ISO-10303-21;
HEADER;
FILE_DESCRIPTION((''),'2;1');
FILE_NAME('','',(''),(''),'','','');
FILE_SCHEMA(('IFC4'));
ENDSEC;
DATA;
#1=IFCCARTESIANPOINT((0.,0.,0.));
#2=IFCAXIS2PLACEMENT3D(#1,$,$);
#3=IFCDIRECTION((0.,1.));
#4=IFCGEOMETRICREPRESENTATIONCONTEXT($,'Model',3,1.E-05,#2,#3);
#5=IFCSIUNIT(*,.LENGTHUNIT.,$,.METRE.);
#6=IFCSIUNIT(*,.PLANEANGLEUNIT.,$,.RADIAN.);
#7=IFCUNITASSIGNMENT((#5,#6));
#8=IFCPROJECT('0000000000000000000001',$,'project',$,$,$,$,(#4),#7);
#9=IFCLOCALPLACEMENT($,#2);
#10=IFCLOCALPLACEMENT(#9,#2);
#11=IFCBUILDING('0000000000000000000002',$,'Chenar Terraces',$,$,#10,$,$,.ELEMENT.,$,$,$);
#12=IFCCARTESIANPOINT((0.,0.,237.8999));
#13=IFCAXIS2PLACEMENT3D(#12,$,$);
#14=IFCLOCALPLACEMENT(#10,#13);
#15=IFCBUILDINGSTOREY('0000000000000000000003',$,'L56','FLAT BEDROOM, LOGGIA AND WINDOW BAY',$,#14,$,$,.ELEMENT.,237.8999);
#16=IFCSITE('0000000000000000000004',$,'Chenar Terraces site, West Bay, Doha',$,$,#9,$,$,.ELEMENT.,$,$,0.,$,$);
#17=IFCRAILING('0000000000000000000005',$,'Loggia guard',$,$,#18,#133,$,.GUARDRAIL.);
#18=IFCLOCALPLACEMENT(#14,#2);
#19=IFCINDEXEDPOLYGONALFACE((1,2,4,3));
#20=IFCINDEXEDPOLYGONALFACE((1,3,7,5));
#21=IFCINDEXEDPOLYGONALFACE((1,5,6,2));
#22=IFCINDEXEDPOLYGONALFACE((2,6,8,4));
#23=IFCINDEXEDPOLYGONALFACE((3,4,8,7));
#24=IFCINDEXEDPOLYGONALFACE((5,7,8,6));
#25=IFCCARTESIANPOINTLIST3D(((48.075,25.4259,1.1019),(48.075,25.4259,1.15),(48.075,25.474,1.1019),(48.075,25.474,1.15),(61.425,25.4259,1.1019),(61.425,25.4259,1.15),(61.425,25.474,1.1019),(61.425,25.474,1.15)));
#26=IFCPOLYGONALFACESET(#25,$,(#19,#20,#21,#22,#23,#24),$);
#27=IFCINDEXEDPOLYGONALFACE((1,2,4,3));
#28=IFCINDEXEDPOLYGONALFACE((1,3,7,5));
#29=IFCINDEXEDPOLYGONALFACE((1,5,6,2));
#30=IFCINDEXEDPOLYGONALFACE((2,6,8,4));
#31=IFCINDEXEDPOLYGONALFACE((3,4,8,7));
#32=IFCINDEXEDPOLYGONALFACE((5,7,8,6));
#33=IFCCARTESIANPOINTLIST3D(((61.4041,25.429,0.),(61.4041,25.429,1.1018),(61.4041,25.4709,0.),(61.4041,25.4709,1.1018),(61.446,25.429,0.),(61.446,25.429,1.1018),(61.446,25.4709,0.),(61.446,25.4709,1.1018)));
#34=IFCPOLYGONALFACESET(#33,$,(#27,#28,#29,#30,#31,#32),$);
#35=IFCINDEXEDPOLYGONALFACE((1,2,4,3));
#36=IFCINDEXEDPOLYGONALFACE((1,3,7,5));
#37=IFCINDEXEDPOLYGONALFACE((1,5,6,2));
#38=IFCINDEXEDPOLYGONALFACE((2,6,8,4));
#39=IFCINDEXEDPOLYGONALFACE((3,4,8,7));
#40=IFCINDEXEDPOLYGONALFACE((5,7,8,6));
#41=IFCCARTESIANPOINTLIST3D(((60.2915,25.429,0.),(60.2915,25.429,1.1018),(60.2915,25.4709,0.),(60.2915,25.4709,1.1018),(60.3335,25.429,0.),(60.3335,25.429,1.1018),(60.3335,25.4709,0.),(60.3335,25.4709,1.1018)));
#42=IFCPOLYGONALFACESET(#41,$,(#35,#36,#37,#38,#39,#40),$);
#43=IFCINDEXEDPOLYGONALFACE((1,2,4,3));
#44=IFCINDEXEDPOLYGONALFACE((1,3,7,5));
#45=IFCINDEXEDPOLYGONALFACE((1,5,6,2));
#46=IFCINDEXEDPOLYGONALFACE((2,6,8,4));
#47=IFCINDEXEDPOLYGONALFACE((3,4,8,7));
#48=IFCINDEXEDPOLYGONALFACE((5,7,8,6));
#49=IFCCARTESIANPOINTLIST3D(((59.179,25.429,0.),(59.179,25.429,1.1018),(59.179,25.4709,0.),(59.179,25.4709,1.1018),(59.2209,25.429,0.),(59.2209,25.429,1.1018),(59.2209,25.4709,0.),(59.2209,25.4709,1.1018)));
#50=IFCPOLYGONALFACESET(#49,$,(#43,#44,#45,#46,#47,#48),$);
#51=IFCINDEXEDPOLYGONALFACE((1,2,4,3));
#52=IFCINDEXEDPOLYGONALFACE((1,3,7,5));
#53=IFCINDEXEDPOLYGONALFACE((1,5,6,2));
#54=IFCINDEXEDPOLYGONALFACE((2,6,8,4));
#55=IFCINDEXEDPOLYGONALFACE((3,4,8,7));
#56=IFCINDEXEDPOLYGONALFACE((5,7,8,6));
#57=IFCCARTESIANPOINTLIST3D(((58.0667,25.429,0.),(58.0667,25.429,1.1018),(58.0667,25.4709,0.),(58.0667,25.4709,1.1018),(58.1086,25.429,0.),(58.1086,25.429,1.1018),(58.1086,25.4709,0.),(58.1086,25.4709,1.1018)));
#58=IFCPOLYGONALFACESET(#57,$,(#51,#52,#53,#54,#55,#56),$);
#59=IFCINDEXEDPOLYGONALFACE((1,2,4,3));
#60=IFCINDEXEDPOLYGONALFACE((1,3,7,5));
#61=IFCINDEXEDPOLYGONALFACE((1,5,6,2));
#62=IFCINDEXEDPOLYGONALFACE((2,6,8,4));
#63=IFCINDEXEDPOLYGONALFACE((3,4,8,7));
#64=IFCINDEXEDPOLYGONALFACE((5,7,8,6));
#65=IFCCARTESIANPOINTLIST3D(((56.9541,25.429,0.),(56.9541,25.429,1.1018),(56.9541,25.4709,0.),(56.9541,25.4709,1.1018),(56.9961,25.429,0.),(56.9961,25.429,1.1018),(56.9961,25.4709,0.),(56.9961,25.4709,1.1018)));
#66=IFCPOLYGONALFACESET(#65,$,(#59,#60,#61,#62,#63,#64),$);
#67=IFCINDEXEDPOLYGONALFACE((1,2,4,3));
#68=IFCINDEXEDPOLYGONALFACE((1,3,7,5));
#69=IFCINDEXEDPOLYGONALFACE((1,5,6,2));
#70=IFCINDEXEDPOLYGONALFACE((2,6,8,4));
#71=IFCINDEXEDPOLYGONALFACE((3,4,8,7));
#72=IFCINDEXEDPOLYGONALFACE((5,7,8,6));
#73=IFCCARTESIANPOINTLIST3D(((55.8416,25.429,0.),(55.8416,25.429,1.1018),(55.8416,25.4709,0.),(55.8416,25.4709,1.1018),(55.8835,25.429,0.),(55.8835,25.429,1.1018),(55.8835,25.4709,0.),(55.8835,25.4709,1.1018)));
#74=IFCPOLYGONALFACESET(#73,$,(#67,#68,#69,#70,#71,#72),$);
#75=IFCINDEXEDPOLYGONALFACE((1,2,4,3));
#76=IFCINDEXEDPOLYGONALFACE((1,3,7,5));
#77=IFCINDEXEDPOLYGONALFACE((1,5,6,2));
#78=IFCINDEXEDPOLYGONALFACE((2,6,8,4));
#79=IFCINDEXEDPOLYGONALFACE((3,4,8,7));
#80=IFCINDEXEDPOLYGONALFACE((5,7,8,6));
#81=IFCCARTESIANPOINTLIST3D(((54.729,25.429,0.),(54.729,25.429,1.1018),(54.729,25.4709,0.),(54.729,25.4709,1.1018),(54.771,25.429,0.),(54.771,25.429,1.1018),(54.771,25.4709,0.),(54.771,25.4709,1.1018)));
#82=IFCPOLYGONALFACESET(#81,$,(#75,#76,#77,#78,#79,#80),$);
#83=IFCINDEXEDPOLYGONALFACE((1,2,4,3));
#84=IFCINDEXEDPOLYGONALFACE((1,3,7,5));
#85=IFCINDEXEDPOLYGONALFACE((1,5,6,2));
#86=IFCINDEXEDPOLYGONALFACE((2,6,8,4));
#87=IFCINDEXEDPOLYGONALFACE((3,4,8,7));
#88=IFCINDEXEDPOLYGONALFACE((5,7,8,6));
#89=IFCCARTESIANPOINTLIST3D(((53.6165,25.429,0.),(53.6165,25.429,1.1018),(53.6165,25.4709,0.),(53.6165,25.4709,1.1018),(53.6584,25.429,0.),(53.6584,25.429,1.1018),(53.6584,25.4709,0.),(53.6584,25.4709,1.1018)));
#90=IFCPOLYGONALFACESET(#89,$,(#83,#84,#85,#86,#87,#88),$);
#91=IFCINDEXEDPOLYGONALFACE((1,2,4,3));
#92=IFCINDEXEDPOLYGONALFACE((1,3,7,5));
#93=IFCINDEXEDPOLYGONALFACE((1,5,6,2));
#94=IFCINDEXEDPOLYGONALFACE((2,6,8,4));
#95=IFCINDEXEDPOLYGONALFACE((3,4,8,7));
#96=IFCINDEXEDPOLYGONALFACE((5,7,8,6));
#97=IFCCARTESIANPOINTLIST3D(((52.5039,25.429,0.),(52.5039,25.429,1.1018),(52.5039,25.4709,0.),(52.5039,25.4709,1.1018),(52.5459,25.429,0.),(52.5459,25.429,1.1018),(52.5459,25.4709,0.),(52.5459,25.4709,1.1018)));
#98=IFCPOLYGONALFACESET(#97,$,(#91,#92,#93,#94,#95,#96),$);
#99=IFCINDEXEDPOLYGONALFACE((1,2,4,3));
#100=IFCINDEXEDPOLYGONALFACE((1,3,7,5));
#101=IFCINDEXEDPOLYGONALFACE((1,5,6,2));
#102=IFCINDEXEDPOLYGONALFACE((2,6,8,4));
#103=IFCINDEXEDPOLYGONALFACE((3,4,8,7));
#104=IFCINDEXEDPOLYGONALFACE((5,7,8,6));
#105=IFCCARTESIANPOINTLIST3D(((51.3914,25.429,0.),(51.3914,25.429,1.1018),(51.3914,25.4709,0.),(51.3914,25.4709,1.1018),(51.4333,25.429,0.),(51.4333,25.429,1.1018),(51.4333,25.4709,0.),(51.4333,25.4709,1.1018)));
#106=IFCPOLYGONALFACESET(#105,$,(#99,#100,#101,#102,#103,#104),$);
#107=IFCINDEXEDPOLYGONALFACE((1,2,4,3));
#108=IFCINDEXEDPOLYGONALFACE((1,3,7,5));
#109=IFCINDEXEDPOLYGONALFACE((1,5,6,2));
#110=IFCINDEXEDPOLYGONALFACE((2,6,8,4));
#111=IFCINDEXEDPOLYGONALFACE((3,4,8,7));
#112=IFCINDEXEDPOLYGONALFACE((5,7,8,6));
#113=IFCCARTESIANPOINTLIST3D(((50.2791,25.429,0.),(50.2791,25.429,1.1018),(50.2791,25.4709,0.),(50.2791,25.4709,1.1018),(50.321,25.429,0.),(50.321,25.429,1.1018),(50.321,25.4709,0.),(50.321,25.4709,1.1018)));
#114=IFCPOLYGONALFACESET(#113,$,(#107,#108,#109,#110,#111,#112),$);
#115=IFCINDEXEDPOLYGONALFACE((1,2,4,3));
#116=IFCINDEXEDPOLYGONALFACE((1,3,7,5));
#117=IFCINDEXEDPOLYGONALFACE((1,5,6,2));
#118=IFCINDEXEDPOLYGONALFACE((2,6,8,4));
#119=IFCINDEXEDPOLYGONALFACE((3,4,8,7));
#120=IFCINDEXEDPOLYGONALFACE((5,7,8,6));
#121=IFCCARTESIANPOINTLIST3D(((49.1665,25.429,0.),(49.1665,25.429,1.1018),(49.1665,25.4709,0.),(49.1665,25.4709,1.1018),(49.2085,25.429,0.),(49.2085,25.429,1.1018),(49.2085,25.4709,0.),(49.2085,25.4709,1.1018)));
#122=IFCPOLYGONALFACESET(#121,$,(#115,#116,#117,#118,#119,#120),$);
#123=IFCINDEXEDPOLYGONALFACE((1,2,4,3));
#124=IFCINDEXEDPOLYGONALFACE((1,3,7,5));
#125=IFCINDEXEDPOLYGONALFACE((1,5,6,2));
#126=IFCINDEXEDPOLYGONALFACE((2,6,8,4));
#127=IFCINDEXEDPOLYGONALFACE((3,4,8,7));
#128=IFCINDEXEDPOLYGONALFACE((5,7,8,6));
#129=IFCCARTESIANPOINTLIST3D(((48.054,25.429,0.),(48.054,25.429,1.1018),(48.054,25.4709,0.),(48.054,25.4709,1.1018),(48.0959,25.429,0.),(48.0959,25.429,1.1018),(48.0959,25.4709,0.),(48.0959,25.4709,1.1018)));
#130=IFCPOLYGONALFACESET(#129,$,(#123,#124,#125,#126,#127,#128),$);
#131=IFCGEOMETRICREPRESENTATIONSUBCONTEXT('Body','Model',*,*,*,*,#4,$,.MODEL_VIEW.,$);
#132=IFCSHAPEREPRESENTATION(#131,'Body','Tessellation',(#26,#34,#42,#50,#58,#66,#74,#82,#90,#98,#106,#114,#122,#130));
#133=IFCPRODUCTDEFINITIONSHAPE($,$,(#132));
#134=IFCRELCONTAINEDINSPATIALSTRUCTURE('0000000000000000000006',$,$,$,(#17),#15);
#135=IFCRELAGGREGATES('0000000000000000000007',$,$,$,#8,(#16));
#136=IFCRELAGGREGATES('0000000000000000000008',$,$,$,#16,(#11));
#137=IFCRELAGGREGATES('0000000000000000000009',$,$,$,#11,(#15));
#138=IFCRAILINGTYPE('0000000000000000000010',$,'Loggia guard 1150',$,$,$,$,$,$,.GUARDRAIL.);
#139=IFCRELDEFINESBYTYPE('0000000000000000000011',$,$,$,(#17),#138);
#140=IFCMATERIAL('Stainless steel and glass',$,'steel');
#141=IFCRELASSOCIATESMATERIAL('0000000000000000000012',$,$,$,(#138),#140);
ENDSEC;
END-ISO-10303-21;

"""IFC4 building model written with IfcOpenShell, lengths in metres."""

from ifc_helpers import new_model, si_unit, direction, frame, origin, origin_2d, place, context, subcontext, project, spatial, rectangle, extrude, material, type_object, element, save


model = new_model("IFC4")

# Units and contexts
model_context = context("Model", 3, precision=1e-05, world=origin(), true_north=direction((0.0, 1.0)))
body_context = subcontext(model_context, "Body", "Model", "MODEL_VIEW")
ifc_project = project(units=[si_unit("LENGTHUNIT", "METRE"), si_unit("PLANEANGLEUNIT", "RADIAN")], contexts=[model_context])

# Site, building, storey
site_placement = place(None, origin())
site = spatial("IfcSite", under=ifc_project, at=site_placement, Name="Chenar Terraces site, West Bay, Doha", CompositionType="ELEMENT", RefElevation=0.0)
building_placement = place(site_placement, origin())
building = spatial("IfcBuilding", under=site, at=building_placement, Name="Chenar Terraces", CompositionType="ELEMENT")
storey_placement = place(building_placement, frame((0.0, 0.0, 237.8999)))
storey = spatial("IfcBuildingStorey", under=building, at=storey_placement, Name="L56", Description="FLAT BEDROOM, LOGGIA AND WINDOW BAY", CompositionType="ELEMENT", Elevation=237.8999)

# Railing
ifc_material_1 = material(Name="Stainless steel and glass", Category="steel")
railing_type = type_object("IfcRailingType", Name="Loggia guard 1150", PredefinedType="GUARDRAIL", material=ifc_material_1)
railing_placement = place(storey_placement, frame((61.425, 25.45, 0.0)))
element("IfcRailing", 1, at=railing_placement, inside=storey, type_object=railing_type, Name="Loggia guard", PredefinedType="GUARDRAIL", context=body_context, shape_type="SweptSolid", body=[
    extrude(rectangle(XDim=0.0481, YDim=0.0481, at=origin_2d()), frame((0.0, 0.0, 1.126), z_axis=(-1.0, 0.0, 0.0), x_axis=(0.0, -1.0, 0.0)), (0.0, 0.0, 1.0), 13.3501),
    extrude(rectangle(XDim=0.042, YDim=0.042, at=origin_2d()), origin(), (0.0, 0.0, 1.0), 1.1018),
    extrude(rectangle(XDim=0.042, YDim=0.042, at=origin_2d()), frame((-1.1125, 0.0, 0.0)), (0.0, 0.0, 1.0), 1.1018),
    extrude(rectangle(XDim=0.042, YDim=0.042, at=origin_2d()), frame((-2.2251, 0.0, 0.0)), (0.0, 0.0, 1.0), 1.1018),
    extrude(rectangle(XDim=0.042, YDim=0.042, at=origin_2d()), frame((-3.3374, 0.0, 0.0)), (0.0, 0.0, 1.0), 1.1018),
    extrude(rectangle(XDim=0.042, YDim=0.042, at=origin_2d()), frame((-4.45, 0.0, 0.0)), (0.0, 0.0, 1.0), 1.1018),
    extrude(rectangle(XDim=0.042, YDim=0.042, at=origin_2d()), frame((-5.5625, 0.0, 0.0)), (0.0, 0.0, 1.0), 1.1018),
    extrude(rectangle(XDim=0.042, YDim=0.042, at=origin_2d()), frame((-6.675, 0.0, 0.0)), (0.0, 0.0, 1.0), 1.1018),
    extrude(rectangle(XDim=0.042, YDim=0.042, at=origin_2d()), frame((-7.7876, 0.0, 0.0)), (0.0, 0.0, 1.0), 1.1018),
    extrude(rectangle(XDim=0.042, YDim=0.042, at=origin_2d()), frame((-8.9001, 0.0, 0.0)), (0.0, 0.0, 1.0), 1.1018),
    extrude(rectangle(XDim=0.042, YDim=0.042, at=origin_2d()), frame((-10.0127, 0.0, 0.0)), (0.0, 0.0, 1.0), 1.1018),
    extrude(rectangle(XDim=0.042, YDim=0.042, at=origin_2d()), frame((-11.125, 0.0, 0.0)), (0.0, 0.0, 1.0), 1.1018),
    extrude(rectangle(XDim=0.042, YDim=0.042, at=origin_2d()), frame((-12.2375, 0.0, 0.0)), (0.0, 0.0, 1.0), 1.1018),
    extrude(rectangle(XDim=0.042, YDim=0.042, at=origin_2d()), frame((-13.3501, 0.0, 0.0)), (0.0, 0.0, 1.0), 1.1018),
])

save(model, "model.ifc")
